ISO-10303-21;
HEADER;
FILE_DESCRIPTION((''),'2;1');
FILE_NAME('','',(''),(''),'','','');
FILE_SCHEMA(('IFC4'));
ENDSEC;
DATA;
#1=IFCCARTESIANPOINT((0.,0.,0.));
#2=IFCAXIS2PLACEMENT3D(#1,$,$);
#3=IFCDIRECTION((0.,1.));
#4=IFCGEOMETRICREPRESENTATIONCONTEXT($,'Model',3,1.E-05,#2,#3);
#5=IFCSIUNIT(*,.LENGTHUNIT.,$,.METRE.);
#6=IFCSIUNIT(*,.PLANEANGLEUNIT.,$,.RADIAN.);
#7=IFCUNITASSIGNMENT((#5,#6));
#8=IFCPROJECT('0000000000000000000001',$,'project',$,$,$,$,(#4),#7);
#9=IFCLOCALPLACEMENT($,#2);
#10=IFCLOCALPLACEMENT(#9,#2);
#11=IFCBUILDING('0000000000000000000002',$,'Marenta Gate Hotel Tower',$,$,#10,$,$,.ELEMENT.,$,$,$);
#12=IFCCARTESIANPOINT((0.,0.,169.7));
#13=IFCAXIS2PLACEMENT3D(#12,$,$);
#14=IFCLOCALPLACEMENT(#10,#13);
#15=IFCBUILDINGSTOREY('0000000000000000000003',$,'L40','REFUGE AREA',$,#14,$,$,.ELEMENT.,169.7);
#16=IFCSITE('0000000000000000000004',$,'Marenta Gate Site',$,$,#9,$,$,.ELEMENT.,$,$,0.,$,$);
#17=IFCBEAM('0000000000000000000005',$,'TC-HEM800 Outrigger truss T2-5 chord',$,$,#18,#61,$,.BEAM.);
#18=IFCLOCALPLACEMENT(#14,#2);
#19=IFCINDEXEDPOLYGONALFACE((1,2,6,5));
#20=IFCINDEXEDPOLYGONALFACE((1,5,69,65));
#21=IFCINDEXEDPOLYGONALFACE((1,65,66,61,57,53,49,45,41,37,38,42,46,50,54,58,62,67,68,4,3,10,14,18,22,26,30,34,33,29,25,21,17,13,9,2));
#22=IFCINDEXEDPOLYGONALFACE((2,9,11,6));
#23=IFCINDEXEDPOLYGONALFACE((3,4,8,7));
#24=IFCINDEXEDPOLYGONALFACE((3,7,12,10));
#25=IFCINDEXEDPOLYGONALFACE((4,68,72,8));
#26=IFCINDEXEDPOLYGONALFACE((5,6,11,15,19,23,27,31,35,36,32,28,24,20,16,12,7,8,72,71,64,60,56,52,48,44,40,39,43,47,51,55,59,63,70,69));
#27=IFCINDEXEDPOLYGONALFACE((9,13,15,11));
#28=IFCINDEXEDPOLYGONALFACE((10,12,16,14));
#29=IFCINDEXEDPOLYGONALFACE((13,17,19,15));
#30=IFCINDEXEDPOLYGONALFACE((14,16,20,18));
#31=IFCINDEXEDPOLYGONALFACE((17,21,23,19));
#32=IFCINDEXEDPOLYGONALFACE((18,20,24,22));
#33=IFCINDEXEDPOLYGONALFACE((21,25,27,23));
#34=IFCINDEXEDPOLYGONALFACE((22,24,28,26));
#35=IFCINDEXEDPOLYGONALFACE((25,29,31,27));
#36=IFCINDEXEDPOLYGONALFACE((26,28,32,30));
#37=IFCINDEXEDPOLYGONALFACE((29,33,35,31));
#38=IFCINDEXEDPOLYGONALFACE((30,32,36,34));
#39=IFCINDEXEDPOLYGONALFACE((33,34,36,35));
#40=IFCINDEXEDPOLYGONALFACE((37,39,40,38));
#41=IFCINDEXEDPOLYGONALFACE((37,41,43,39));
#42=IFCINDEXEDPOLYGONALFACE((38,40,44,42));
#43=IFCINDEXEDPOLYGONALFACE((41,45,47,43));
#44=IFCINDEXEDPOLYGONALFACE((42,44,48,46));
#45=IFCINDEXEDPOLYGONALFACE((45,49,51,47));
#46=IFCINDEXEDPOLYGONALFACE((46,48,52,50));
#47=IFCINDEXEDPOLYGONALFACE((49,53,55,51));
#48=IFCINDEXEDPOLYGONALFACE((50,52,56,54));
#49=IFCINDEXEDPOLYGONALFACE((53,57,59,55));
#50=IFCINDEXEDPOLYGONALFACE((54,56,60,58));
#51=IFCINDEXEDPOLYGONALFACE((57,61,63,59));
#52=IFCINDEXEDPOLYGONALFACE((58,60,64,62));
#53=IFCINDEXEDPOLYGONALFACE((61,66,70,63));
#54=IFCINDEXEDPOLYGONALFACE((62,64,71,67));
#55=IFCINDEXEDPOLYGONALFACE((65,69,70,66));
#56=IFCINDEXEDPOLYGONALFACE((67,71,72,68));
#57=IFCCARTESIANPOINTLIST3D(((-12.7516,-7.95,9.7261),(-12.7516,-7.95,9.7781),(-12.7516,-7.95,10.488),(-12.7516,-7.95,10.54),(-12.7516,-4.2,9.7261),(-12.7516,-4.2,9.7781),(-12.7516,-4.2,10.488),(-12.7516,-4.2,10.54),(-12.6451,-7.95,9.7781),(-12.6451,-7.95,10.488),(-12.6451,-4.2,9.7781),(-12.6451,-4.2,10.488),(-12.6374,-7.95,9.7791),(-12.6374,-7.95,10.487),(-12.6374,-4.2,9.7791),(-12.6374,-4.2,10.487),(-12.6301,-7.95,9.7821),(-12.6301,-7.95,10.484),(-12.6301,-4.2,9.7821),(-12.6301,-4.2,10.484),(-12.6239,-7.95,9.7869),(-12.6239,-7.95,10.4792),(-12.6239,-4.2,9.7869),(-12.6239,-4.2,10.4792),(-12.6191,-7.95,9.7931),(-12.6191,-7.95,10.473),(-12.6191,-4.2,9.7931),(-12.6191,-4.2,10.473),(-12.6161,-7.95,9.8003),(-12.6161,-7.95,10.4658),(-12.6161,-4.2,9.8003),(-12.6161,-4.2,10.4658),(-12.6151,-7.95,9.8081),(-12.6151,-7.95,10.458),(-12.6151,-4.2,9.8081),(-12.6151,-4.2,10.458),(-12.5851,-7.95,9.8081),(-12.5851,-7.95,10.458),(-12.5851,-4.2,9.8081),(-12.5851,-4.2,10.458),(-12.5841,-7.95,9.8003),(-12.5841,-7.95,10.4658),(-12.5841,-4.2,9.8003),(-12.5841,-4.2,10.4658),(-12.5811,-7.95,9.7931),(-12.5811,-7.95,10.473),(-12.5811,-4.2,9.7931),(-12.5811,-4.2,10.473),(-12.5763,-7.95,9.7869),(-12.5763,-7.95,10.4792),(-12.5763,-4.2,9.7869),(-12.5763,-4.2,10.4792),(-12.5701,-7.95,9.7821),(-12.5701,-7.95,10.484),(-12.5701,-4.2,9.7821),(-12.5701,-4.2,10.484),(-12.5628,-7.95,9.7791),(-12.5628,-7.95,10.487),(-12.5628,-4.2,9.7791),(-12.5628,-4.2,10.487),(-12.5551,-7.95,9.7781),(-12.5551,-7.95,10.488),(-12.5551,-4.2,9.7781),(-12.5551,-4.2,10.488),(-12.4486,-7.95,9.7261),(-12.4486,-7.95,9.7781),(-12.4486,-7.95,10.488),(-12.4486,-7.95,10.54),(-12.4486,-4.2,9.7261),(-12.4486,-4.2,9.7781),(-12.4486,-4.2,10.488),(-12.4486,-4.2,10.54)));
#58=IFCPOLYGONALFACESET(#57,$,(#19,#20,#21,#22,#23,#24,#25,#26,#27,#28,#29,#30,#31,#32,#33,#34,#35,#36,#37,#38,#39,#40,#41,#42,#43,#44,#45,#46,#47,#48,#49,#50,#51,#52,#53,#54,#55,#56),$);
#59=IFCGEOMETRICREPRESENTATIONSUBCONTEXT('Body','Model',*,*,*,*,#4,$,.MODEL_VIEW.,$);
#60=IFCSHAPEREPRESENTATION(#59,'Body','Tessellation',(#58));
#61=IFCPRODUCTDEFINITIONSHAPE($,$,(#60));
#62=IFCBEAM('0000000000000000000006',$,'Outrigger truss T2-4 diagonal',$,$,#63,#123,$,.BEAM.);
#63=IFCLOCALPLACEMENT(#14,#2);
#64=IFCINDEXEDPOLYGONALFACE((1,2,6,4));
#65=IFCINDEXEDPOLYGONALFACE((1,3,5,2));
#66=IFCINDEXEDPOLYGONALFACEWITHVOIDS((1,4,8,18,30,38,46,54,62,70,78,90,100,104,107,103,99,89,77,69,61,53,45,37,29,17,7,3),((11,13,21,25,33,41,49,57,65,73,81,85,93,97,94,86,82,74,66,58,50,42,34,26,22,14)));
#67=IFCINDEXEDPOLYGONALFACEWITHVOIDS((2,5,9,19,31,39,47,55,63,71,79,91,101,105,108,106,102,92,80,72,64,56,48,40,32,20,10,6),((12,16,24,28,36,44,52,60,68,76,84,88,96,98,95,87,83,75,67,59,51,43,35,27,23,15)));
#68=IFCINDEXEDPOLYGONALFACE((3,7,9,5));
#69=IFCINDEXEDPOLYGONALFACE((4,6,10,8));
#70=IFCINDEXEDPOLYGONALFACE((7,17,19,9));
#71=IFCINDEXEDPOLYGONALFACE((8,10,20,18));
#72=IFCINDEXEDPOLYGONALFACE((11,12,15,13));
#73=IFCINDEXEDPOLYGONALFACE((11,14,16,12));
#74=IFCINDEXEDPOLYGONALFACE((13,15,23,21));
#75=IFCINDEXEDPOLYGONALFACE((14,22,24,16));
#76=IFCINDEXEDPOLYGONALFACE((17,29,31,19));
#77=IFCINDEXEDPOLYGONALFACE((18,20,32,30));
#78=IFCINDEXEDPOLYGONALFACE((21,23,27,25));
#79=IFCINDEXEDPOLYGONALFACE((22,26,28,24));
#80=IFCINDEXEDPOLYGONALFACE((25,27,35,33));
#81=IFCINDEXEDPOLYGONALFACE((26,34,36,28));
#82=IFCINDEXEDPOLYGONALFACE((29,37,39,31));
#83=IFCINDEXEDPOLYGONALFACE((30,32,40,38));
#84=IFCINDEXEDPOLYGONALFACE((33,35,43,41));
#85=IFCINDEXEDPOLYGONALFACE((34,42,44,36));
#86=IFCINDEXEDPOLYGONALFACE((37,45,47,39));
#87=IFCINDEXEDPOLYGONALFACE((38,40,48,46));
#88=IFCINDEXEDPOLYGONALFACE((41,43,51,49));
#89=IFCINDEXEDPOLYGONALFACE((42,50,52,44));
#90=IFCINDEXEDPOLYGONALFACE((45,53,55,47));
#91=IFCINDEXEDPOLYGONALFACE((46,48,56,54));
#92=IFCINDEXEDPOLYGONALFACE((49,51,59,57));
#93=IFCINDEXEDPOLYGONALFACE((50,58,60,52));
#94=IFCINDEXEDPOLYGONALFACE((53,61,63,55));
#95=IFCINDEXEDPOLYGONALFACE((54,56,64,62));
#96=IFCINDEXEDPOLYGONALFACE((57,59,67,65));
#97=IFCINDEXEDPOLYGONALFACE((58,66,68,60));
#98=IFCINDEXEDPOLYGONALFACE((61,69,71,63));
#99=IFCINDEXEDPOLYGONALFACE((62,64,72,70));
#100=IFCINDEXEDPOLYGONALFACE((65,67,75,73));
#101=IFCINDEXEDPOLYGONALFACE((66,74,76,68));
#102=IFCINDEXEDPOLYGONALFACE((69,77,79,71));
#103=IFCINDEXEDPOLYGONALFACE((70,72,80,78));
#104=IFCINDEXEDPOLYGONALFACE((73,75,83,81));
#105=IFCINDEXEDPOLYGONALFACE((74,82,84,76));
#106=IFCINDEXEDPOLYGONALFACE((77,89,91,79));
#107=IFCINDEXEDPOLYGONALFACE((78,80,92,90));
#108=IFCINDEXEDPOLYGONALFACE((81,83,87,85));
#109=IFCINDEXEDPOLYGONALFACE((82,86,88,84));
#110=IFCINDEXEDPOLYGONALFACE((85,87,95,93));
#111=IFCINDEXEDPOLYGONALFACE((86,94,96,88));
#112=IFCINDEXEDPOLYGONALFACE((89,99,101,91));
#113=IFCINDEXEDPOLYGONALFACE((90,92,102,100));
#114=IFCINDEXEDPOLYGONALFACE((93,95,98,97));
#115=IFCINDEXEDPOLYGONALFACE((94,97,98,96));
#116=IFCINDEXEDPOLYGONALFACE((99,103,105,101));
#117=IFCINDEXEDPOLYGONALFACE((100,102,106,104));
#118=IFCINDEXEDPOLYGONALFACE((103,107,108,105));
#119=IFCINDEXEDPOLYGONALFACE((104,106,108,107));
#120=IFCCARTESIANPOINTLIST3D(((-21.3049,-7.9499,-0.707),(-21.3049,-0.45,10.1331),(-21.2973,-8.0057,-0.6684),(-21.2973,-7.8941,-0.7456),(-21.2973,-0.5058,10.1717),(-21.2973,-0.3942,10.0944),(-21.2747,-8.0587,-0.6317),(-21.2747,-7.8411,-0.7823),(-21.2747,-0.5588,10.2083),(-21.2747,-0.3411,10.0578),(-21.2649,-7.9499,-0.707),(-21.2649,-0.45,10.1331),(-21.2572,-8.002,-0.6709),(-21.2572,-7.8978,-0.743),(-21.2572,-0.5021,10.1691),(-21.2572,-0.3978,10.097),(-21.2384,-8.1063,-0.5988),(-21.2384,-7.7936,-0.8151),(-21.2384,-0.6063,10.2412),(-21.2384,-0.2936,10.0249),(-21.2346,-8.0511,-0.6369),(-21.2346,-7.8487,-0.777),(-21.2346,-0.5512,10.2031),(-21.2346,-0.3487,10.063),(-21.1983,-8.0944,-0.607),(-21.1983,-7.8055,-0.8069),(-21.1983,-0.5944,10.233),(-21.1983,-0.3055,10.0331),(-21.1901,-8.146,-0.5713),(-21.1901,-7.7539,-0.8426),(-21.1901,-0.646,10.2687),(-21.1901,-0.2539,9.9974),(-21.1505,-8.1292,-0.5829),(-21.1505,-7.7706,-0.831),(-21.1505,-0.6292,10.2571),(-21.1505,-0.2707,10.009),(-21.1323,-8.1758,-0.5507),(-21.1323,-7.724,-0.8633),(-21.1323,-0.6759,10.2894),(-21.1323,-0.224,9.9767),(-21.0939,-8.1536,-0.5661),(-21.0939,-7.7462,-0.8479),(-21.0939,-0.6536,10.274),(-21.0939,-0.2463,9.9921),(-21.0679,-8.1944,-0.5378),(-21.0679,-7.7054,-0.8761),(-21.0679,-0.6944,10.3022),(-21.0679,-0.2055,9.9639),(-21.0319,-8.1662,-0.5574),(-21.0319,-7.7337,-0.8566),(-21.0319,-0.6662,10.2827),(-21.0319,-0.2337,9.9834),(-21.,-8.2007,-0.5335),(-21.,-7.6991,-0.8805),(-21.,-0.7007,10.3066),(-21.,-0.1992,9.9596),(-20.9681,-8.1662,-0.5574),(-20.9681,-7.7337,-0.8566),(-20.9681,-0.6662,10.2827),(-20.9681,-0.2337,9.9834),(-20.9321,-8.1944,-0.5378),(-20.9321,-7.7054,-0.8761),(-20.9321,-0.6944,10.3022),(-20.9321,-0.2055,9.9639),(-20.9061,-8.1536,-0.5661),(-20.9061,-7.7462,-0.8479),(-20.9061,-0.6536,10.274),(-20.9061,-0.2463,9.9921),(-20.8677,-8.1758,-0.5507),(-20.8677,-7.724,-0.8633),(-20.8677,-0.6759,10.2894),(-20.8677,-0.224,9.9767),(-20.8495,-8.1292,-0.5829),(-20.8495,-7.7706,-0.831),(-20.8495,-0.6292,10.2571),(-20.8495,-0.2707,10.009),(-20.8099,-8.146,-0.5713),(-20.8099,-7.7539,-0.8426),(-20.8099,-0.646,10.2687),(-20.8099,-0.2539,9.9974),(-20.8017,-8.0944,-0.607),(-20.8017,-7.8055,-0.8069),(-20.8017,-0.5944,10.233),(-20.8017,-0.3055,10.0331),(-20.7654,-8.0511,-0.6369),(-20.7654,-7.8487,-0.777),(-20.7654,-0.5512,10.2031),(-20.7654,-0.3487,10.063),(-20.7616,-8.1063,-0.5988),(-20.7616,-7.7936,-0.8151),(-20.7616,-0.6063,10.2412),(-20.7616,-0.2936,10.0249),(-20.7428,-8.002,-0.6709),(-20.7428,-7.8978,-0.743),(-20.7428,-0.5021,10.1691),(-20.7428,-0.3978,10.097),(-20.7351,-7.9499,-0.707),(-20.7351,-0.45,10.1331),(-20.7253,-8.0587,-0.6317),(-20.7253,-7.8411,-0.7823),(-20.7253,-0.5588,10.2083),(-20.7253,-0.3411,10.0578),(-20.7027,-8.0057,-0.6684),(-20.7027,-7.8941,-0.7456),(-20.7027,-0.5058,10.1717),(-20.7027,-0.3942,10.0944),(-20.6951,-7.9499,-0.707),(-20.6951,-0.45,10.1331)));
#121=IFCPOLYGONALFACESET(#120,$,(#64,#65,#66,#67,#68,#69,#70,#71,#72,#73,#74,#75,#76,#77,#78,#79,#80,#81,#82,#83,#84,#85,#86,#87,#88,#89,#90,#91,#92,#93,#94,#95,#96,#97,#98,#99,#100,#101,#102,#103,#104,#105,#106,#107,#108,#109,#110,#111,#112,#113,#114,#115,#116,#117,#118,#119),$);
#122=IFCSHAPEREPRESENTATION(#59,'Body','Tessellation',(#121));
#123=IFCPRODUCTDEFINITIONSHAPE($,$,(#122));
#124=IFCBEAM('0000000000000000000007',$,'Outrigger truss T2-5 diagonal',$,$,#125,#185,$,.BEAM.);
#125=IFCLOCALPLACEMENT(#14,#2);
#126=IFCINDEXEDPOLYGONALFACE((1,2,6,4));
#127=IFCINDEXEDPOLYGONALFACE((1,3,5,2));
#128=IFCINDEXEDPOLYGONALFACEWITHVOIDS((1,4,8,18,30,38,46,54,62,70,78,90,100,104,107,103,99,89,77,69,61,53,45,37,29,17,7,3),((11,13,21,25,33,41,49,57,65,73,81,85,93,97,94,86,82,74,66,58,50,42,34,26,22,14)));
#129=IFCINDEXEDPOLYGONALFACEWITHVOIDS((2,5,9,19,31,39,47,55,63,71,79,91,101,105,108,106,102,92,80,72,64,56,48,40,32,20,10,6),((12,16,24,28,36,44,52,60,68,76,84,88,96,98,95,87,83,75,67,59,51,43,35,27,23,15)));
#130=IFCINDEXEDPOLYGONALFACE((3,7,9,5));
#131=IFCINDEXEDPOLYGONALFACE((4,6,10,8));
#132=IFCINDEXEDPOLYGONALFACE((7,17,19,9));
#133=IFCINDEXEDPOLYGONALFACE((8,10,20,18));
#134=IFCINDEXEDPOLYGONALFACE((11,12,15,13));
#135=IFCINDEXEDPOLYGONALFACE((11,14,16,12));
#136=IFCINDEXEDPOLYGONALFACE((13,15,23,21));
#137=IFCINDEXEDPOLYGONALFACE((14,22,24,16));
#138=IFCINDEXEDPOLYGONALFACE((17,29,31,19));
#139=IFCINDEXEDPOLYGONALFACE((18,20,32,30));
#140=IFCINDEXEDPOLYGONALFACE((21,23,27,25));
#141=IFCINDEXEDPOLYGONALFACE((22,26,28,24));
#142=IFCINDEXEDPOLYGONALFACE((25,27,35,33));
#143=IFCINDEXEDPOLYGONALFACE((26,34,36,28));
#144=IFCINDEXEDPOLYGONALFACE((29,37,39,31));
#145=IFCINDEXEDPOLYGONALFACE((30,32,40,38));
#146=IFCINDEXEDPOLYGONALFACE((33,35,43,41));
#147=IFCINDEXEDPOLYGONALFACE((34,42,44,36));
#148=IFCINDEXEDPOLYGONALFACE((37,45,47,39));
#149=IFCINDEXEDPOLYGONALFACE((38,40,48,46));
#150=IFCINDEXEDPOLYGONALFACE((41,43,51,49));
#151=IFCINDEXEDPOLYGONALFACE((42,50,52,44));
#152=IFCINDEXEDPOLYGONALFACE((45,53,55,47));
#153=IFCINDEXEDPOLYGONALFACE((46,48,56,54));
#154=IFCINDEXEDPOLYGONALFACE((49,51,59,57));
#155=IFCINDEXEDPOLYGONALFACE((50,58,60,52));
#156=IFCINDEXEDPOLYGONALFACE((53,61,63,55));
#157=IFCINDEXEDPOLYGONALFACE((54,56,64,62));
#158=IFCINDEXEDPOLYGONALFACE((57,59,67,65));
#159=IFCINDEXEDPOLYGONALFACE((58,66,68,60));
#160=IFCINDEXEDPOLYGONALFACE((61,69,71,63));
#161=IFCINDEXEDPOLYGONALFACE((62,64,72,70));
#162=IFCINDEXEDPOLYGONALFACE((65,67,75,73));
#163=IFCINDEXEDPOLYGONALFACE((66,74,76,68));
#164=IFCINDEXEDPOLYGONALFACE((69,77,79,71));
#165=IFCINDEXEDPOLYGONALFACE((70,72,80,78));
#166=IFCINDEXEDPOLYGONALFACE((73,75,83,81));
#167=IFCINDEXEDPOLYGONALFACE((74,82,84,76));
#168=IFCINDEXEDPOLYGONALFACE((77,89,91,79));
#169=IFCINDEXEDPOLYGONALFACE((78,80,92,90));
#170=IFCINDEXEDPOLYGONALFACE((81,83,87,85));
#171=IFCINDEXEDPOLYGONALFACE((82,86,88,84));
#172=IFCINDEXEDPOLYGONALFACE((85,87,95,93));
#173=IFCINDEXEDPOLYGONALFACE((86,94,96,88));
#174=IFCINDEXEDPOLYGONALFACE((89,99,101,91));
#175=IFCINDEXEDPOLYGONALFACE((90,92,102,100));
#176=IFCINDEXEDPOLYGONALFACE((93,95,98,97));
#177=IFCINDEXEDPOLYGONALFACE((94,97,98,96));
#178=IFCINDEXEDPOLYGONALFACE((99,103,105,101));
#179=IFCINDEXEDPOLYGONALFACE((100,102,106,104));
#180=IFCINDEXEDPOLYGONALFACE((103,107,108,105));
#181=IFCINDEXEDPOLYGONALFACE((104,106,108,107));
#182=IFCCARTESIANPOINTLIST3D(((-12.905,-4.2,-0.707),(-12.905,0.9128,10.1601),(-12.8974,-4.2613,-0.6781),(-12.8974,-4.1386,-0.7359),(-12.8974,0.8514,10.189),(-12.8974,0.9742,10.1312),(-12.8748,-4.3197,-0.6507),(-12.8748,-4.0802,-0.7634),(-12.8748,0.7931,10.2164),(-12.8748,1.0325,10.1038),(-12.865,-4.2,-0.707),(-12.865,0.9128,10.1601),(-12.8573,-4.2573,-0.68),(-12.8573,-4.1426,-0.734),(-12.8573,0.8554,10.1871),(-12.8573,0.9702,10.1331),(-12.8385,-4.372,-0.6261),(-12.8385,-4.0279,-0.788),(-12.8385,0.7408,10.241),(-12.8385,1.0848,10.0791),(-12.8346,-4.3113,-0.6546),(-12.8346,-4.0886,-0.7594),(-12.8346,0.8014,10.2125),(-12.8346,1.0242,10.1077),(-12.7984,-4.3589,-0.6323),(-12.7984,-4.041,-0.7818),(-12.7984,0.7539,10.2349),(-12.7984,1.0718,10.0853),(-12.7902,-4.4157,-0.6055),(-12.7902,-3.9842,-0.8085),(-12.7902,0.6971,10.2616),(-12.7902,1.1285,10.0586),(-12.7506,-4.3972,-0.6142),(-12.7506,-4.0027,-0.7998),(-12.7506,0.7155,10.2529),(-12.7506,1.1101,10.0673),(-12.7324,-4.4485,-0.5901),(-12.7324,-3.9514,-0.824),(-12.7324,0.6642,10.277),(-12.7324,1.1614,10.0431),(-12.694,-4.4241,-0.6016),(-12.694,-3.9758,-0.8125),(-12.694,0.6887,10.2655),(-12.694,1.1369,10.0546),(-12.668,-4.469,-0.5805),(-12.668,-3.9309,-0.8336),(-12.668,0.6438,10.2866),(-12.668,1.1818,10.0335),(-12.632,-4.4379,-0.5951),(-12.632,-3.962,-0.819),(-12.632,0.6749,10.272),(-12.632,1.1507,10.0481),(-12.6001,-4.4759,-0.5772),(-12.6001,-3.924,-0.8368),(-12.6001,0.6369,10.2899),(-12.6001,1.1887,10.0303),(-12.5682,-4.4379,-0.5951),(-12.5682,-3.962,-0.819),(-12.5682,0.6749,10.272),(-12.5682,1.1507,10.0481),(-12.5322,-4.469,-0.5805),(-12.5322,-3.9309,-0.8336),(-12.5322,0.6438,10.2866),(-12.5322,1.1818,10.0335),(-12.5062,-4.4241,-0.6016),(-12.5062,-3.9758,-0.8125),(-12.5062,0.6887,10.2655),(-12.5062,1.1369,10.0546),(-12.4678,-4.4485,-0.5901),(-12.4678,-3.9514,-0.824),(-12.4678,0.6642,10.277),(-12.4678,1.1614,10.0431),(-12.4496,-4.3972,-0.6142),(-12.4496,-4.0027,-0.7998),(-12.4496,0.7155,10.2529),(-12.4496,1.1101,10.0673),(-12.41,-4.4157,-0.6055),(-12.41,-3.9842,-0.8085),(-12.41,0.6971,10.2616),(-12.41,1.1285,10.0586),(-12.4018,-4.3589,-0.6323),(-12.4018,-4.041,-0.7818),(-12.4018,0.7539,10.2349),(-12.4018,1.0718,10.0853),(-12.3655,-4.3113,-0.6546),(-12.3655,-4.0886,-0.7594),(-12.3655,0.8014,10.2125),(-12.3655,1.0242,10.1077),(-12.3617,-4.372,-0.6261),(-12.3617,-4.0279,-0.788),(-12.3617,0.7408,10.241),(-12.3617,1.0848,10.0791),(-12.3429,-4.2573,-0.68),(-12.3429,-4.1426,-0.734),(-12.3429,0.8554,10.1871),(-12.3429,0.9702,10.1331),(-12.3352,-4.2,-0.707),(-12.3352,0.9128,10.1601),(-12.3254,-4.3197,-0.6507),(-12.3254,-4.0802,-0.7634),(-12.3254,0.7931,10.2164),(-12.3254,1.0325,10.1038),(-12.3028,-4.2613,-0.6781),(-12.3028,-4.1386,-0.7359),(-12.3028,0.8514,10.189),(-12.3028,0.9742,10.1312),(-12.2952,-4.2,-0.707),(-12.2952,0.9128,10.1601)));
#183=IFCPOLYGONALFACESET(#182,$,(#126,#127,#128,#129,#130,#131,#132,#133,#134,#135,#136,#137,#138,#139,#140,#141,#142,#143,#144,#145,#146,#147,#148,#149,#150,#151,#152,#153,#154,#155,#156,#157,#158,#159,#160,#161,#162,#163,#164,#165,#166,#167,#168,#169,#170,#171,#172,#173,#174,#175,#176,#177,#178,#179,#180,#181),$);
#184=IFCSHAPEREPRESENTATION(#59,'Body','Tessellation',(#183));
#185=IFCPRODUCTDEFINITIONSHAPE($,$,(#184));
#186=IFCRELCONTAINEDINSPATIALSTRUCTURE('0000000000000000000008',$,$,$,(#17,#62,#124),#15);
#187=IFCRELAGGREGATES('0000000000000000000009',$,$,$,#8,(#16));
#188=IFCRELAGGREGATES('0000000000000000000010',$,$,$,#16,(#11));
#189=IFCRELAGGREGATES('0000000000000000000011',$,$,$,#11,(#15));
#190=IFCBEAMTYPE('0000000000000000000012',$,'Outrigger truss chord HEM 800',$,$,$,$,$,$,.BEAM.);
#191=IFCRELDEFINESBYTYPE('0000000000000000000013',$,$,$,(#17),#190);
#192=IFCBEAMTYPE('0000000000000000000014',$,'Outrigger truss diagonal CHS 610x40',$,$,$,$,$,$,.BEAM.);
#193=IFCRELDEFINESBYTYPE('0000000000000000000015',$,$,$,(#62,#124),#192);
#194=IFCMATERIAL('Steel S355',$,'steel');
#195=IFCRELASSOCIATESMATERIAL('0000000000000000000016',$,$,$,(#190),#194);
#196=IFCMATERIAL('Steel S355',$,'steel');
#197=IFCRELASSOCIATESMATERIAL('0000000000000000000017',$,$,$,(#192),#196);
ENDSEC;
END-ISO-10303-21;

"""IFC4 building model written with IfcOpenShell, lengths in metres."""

from ifc_helpers import new_model, si_unit, direction, frame, origin, origin_2d, place, context, subcontext, project, spatial, hollow_circle, i_section, extrude, material, material_profile, profile_set, type_object, element, save


model = new_model("IFC4")

# Units and contexts
model_context = context("Model", 3, precision=1e-05, world=origin(), true_north=direction((0.0, 1.0)))
body_context = subcontext(model_context, "Body", "Model", "MODEL_VIEW")
ifc_project = project(units=[si_unit("LENGTHUNIT", "METRE"), si_unit("PLANEANGLEUNIT", "RADIAN")], contexts=[model_context])

# Site, building, storey
site_placement = place(None, origin())
site = spatial("IfcSite", under=ifc_project, at=site_placement, Name="Marenta Gate Site", CompositionType="ELEMENT", RefElevation=0.0)
building_placement = place(site_placement, origin())
building = spatial("IfcBuilding", under=site, at=building_placement, Name="Marenta Gate Hotel Tower", CompositionType="ELEMENT")
storey_placement = place(building_placement, frame((0.0, 0.0, 169.7)))
storey = spatial("IfcBuildingStorey", under=building, at=storey_placement, Name="L40", Description="REFUGE AREA", CompositionType="ELEMENT", Elevation=169.7)

# Beams
ifc_material_1 = material(Name="Steel S355", Category="steel")
ifc_material_profile_1 = material_profile(ifc_material_1, i_section(OverallWidth=0.303, OverallDepth=0.814, WebThickness=0.03, FlangeThickness=0.052, FilletRadius=0.03, at=origin_2d()), Name="HEM 800")
ifc_profile_set_1 = profile_set([ifc_material_profile_1], Name="Steel S355")
beam_type_1 = type_object("IfcBeamType", Name="Outrigger truss chord HEM 800", PredefinedType="BEAM", material=ifc_profile_set_1)
for number, where, z_axis, x_axis, name in (
    (1, (-12.6001, -4.2, 10.1331), (0.0, -1.0, 0.0), (1.0, 0.0, 0.0), "TC-HEM800 Outrigger truss T2-5 chord"),
):
    element("IfcBeam", number, at=place(storey_placement, frame(where, z_axis=z_axis, x_axis=x_axis)), inside=storey, type_object=beam_type_1, Name=name, PredefinedType="BEAM", context=body_context, shape_type="SweptSolid", body=[
        extrude(i_section(OverallWidth=0.303, OverallDepth=0.814, WebThickness=0.03, FlangeThickness=0.052, FilletRadius=0.03, at=origin_2d()), origin(), (0.0, 0.0, 1.0), 3.75),
    ])
ifc_material_2 = material(Name="Steel S355", Category="steel")
ifc_material_profile_2 = material_profile(ifc_material_2, hollow_circle(Radius=0.3049, WallThickness=0.04, at=origin_2d()), Name="CHS 610x40")
ifc_profile_set_2 = profile_set([ifc_material_profile_2], Name="Steel S355")
beam_type_2 = type_object("IfcBeamType", Name="Outrigger truss diagonal CHS 610x40", PredefinedType="BEAM", material=ifc_profile_set_2)
beam_1_placement = place(storey_placement, frame((-21.0, -0.45, 10.1331), z_axis=(0.0, -0.56897, -0.822358), x_axis=(1.0, 0.0, 0.0)))
element("IfcBeam", 2, at=beam_1_placement, inside=storey, type_object=beam_type_2, Name="Outrigger truss T2-4 diagonal", PredefinedType="BEAM", context=body_context, shape_type="SweptSolid", body=[
    extrude(hollow_circle(Radius=0.3049, WallThickness=0.04, at=origin_2d()), origin(), (0.0, 0.0, 1.0), 13.1816),
])
beam_2_placement = place(storey_placement, frame((-12.6001, -4.2, -0.707), z_axis=(0.0, 0.425717, 0.904856), x_axis=(-1.0, 0.0, 0.0)))
element("IfcBeam", 3, at=beam_2_placement, inside=storey, type_object=beam_type_2, Name="Outrigger truss T2-5 diagonal", PredefinedType="BEAM", context=body_context, shape_type="SweptSolid", body=[
    extrude(hollow_circle(Radius=0.3049, WallThickness=0.04, at=origin_2d()), origin(), (0.0, 0.0, 1.0), 12.0098),
])

save(model, "model.ifc")
